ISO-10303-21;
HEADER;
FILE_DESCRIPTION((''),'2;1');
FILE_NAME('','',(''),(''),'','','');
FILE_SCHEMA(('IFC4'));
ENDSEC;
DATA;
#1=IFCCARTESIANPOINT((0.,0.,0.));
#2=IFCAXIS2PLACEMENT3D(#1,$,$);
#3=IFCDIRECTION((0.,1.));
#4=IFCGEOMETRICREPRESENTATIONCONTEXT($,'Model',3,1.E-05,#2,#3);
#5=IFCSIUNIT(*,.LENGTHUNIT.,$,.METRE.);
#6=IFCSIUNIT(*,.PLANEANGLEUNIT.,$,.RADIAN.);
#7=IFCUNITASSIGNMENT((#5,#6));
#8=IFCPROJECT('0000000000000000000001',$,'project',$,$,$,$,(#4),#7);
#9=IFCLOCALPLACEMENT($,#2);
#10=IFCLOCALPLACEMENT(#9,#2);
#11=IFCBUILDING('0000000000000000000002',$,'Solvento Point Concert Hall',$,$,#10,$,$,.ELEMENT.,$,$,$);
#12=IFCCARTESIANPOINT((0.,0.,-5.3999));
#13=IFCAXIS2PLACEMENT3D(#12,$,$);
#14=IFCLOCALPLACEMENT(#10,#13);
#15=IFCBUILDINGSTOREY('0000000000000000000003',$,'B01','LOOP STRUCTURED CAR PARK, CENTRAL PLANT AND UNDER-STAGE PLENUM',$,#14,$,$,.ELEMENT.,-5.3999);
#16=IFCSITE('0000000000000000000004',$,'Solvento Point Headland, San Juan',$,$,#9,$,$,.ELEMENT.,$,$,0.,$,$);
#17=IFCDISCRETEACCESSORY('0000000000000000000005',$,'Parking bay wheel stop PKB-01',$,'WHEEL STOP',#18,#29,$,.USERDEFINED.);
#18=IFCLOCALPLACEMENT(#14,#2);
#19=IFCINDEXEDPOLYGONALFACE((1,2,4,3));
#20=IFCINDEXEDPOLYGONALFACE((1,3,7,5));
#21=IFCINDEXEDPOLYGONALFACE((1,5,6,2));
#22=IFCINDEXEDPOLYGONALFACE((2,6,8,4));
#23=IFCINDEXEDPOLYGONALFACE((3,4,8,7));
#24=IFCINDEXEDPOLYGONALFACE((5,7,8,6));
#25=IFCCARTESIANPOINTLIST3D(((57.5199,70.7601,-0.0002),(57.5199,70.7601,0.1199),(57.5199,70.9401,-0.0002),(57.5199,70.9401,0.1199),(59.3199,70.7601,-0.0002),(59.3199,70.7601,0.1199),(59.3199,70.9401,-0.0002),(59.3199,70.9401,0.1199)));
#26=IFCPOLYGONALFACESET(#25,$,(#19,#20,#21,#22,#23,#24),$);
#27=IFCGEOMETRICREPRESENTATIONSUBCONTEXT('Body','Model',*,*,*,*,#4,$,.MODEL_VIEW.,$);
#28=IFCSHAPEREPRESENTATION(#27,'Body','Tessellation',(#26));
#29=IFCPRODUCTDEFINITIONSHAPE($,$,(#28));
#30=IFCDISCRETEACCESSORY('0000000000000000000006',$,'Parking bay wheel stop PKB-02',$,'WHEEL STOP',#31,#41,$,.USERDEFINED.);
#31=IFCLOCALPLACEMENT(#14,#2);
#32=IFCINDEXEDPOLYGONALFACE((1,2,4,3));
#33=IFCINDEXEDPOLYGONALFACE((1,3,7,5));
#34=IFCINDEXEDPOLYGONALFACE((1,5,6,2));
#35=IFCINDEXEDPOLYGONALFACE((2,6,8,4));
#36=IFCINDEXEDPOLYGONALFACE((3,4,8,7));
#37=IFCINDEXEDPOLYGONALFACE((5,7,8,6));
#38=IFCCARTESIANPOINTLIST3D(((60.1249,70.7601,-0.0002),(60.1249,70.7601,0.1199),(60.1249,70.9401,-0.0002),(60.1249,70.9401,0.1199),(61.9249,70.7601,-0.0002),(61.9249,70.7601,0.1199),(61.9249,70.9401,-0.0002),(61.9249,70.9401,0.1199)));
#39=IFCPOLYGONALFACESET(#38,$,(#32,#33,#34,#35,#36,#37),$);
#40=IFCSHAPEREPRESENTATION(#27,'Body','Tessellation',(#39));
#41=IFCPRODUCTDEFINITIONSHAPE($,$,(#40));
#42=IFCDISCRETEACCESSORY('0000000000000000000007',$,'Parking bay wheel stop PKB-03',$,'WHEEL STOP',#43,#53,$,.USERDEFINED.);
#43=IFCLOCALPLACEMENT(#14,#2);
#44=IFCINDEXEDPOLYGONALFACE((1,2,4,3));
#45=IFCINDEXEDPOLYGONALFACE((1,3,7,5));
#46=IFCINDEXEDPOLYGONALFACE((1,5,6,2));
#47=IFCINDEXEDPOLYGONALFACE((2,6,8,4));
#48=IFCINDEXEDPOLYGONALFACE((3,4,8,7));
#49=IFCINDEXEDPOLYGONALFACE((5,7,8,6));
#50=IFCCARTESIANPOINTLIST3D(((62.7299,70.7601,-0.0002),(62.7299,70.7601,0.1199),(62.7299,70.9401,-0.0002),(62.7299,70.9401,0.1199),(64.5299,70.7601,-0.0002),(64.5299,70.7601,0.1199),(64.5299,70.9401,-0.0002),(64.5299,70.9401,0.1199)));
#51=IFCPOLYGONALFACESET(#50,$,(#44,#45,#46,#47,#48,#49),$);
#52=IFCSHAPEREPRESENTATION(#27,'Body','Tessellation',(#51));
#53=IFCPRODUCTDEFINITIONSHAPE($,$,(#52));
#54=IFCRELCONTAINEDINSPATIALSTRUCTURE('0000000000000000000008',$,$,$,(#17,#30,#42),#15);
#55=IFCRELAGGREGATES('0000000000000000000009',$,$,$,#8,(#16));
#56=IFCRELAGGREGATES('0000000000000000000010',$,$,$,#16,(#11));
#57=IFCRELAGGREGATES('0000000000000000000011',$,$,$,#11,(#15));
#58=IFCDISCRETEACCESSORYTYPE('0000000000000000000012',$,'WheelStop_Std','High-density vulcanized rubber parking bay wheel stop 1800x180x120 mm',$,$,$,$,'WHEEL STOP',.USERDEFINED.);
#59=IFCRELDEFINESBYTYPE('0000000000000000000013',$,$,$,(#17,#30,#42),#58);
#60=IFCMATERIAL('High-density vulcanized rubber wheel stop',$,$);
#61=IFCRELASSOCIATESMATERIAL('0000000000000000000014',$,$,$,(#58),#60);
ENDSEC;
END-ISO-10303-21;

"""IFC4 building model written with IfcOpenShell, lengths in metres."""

from ifc_helpers import new_model, si_unit, direction, frame, origin, origin_2d, place, context, subcontext, project, spatial, rectangle, extrude, material, type_object, element, save


model = new_model("IFC4")

# Units and contexts
model_context = context("Model", 3, precision=1e-05, world=origin(), true_north=direction((0.0, 1.0)))
body_context = subcontext(model_context, "Body", "Model", "MODEL_VIEW")
ifc_project = project(units=[si_unit("LENGTHUNIT", "METRE"), si_unit("PLANEANGLEUNIT", "RADIAN")], contexts=[model_context])

# Site, building, storey
site_placement = place(None, origin())
site = spatial("IfcSite", under=ifc_project, at=site_placement, Name="Solvento Point Headland, San Juan", CompositionType="ELEMENT", RefElevation=0.0)
building_placement = place(site_placement, origin())
building = spatial("IfcBuilding", under=site, at=building_placement, Name="Solvento Point Concert Hall", CompositionType="ELEMENT")
storey_placement = place(building_placement, frame((0.0, 0.0, -5.3999)))
storey = spatial("IfcBuildingStorey", under=building, at=storey_placement, Name="B01", Description="LOOP STRUCTURED CAR PARK, CENTRAL PLANT AND UNDER-STAGE PLENUM", CompositionType="ELEMENT", Elevation=-5.3999)

# Discrete accessories
ifc_material_1 = material(Name="High-density vulcanized rubber wheel stop")
discrete_accessory_type = type_object("IfcDiscreteAccessoryType", Name="WheelStop_Std", Description="High-density vulcanized rubber parking bay wheel stop 1800x180x120 mm", ElementType="WHEEL STOP", PredefinedType="USERDEFINED", material=ifc_material_1)
for number, where, z_axis, x_axis, name in (
    (1, (58.4199, 70.8501, -0.0002), (0.0, 0.0, 1.0), (1.0, 0.0, 0.0), "Parking bay wheel stop PKB-01"),
    (2, (61.0249, 70.8501, -0.0002), (0.0, 0.0, 1.0), (1.0, 0.0, 0.0), "Parking bay wheel stop PKB-02"),
    (3, (63.6299, 70.8501, -0.0002), (0.0, 0.0, 1.0), (1.0, 0.0, 0.0), "Parking bay wheel stop PKB-03"),
):
    element("IfcDiscreteAccessory", number, at=place(storey_placement, frame(where, z_axis=z_axis, x_axis=x_axis)), inside=storey, type_object=discrete_accessory_type, Name=name, ObjectType="WHEEL STOP", PredefinedType="USERDEFINED", context=body_context, shape_type="SweptSolid", body=[
        extrude(rectangle(XDim=1.8, YDim=0.1799, at=origin_2d()), origin(), (0.0, 0.0, 1.0), 0.1201),
    ])

save(model, "model.ifc")
